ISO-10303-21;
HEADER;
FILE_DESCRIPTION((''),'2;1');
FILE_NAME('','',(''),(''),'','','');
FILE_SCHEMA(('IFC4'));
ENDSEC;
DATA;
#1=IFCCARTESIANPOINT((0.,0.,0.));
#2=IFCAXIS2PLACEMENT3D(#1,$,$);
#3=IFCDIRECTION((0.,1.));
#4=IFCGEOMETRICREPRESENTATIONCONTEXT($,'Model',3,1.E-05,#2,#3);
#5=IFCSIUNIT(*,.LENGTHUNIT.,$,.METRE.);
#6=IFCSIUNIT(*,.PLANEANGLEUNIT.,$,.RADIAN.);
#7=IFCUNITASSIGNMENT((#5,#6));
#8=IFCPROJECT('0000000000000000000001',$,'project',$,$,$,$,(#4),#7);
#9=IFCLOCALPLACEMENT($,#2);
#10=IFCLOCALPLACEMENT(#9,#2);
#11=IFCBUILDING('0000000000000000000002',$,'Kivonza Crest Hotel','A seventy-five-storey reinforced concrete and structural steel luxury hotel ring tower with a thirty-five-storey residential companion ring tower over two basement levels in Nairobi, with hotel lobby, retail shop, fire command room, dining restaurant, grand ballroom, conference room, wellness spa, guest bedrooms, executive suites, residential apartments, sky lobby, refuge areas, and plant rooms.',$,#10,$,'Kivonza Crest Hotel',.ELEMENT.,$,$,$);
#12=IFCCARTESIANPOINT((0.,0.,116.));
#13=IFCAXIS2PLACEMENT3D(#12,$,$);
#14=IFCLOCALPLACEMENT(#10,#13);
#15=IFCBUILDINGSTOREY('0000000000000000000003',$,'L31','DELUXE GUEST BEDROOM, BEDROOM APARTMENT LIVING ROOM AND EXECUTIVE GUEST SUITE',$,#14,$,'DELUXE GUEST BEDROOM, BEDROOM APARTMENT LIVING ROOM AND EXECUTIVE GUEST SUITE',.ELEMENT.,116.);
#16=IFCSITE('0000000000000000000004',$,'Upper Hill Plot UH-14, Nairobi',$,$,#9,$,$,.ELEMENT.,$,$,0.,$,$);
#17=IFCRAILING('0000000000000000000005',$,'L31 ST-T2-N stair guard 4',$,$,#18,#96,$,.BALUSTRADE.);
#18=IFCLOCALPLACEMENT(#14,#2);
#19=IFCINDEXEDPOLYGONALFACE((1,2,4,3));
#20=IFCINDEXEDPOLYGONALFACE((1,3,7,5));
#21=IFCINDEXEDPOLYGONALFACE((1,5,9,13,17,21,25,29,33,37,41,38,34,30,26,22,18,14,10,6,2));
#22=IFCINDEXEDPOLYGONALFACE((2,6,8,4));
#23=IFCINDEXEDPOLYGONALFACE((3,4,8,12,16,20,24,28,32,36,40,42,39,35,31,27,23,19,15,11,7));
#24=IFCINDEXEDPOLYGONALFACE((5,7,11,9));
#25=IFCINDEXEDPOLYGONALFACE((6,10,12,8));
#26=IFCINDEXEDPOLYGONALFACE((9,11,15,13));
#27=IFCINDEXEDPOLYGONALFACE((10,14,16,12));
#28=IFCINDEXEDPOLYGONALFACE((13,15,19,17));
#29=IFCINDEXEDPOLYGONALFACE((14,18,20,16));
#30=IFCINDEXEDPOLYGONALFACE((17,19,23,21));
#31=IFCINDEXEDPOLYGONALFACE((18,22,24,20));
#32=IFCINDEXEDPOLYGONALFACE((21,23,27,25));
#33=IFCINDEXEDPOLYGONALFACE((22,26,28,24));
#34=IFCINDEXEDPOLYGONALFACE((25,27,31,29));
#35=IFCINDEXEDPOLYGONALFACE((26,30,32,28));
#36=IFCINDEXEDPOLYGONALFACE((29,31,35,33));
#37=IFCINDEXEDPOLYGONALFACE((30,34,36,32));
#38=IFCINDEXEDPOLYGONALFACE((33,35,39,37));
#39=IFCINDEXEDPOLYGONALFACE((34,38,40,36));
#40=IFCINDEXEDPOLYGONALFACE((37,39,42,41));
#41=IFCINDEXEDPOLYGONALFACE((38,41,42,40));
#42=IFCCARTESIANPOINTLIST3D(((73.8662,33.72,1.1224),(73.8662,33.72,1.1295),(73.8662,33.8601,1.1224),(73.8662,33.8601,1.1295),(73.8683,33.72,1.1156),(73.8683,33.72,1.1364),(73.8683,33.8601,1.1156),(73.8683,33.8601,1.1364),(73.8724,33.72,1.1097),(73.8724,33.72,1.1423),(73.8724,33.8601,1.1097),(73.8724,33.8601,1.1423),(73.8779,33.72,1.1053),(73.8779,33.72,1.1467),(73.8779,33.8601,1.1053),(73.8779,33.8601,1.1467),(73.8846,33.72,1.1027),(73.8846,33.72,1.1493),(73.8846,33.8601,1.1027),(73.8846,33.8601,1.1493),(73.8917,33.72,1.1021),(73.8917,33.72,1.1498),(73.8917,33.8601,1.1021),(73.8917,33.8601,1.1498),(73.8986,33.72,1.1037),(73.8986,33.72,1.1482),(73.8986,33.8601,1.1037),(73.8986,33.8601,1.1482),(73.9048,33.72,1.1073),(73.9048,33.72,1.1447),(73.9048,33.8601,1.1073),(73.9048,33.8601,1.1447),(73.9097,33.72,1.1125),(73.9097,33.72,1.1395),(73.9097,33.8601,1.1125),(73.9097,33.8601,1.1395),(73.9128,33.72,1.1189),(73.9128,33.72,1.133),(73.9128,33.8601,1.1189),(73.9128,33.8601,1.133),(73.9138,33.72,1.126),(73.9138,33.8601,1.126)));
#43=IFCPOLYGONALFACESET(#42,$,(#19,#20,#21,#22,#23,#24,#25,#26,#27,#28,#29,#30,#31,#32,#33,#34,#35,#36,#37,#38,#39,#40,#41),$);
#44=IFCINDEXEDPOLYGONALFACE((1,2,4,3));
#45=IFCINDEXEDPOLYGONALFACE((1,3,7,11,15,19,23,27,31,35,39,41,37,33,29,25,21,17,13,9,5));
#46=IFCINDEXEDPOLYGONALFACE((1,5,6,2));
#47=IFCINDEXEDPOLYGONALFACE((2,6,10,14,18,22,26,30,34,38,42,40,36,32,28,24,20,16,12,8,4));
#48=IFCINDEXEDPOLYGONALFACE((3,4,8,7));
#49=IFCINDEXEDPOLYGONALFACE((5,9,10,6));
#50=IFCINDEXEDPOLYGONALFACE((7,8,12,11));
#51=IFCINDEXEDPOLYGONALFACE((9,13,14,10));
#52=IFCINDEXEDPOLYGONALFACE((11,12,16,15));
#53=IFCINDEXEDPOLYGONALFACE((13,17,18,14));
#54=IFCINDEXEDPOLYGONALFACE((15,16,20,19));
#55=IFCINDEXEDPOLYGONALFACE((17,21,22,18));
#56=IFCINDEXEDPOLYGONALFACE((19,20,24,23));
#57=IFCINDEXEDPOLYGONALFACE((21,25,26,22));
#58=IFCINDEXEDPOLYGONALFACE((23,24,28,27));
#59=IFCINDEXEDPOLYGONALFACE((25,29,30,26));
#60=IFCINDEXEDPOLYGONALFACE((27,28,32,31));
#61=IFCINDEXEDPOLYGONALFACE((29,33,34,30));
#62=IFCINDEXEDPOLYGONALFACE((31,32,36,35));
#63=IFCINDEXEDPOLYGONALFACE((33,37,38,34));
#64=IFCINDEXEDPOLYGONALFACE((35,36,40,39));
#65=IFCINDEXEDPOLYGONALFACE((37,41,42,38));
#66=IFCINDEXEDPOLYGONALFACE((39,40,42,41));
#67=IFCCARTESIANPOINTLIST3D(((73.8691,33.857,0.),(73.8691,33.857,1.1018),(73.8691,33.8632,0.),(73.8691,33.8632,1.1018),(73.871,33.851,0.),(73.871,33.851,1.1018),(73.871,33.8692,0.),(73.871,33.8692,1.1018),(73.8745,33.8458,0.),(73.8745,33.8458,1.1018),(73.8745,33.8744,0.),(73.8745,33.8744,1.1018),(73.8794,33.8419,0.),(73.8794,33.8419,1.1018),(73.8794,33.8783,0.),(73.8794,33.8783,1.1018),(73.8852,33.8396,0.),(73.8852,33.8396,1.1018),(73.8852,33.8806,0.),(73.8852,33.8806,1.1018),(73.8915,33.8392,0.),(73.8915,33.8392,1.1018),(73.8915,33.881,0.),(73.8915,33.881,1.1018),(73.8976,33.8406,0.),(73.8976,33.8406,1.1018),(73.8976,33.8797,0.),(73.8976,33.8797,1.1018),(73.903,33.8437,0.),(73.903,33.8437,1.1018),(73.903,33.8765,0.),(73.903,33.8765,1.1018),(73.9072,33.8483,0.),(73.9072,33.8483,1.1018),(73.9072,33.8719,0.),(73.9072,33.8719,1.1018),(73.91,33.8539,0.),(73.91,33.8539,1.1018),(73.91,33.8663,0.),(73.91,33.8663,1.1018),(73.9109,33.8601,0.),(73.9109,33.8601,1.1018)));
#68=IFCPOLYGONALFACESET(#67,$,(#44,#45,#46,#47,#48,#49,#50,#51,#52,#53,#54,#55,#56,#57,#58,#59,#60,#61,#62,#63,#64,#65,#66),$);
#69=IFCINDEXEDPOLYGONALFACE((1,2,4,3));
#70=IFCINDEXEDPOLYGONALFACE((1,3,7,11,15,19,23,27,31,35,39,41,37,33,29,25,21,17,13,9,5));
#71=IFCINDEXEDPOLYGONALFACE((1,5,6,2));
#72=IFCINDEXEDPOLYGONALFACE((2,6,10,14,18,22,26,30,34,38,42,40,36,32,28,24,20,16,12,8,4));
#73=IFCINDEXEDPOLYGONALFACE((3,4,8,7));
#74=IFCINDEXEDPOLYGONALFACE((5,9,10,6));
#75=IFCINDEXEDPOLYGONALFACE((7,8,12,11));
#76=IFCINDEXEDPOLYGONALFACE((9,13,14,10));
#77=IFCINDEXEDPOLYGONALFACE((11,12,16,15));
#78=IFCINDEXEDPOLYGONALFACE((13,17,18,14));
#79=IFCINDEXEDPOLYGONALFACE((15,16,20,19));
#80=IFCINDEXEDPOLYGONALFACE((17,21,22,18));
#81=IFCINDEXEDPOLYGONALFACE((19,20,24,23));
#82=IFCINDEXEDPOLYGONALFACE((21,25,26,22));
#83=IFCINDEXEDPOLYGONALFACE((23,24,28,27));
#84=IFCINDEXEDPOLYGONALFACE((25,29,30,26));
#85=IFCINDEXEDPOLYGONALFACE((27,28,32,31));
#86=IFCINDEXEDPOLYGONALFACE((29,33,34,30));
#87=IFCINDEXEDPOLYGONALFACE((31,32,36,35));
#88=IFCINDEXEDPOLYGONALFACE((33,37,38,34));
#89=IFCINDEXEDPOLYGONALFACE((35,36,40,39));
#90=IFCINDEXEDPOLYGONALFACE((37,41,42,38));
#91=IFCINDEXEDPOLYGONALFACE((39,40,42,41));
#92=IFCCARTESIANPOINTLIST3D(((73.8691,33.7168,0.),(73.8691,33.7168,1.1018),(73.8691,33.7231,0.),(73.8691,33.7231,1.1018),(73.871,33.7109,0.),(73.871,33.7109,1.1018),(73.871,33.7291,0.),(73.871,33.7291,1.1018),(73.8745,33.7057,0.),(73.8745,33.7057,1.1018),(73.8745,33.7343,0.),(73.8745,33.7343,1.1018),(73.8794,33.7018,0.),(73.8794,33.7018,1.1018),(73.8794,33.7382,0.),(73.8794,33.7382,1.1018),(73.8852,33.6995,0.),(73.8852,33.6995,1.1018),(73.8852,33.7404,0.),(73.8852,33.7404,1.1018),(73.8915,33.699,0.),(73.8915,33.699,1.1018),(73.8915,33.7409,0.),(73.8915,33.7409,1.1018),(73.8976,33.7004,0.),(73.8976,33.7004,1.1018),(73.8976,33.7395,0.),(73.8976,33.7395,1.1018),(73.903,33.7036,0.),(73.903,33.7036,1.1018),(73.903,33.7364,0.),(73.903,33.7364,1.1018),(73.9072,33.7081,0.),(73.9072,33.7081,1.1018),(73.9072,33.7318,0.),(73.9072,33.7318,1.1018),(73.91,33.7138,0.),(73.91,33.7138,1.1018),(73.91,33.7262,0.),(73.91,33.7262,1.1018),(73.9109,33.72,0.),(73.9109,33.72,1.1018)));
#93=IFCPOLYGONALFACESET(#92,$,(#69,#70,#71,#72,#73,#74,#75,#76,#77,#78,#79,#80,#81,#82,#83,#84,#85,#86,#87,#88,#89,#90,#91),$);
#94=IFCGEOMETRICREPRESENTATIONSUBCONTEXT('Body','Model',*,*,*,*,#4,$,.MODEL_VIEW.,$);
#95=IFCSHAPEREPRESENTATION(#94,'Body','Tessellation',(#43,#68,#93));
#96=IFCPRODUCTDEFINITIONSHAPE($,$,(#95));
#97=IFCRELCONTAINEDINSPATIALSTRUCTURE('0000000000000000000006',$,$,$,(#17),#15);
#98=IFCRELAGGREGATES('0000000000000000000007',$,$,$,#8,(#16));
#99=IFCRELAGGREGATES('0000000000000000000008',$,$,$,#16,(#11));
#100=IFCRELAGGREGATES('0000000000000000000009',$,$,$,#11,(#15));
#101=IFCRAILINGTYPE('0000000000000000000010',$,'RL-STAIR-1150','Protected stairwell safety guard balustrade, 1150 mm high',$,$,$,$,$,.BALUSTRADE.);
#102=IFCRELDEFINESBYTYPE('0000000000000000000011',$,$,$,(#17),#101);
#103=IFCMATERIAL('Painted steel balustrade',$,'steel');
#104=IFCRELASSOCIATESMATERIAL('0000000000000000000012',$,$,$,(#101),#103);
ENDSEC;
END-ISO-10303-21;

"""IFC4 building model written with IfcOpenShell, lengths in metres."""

from ifc_helpers import new_model, si_unit, direction, frame, origin, origin_2d, place, context, subcontext, project, spatial, circle, extrude, material, type_object, element, save


model = new_model("IFC4")

# Units and contexts
model_context = context("Model", 3, precision=1e-05, world=origin(), true_north=direction((0.0, 1.0)))
body_context = subcontext(model_context, "Body", "Model", "MODEL_VIEW")
ifc_project = project(units=[si_unit("LENGTHUNIT", "METRE"), si_unit("PLANEANGLEUNIT", "RADIAN")], contexts=[model_context])

# Site, building, storey
site_placement = place(None, origin())
site = spatial("IfcSite", under=ifc_project, at=site_placement, Name="Upper Hill Plot UH-14, Nairobi", CompositionType="ELEMENT", RefElevation=0.0)
building_placement = place(site_placement, origin())
building = spatial("IfcBuilding", under=site, at=building_placement, Name="Kivonza Crest Hotel", Description="A seventy-five-storey reinforced concrete and structural steel luxury hotel ring tower with a thirty-five-storey residential companion ring tower over two basement levels in Nairobi, with hotel lobby, retail shop, fire command room, dining restaurant, grand ballroom, conference room, wellness spa, guest bedrooms, executive suites, residential apartments, sky lobby, refuge areas, and plant rooms.", LongName="Kivonza Crest Hotel", CompositionType="ELEMENT")
storey_placement = place(building_placement, frame((0.0, 0.0, 116.0)))
storey = spatial("IfcBuildingStorey", under=building, at=storey_placement, Name="L31", Description="DELUXE GUEST BEDROOM, BEDROOM APARTMENT LIVING ROOM AND EXECUTIVE GUEST SUITE", LongName="DELUXE GUEST BEDROOM, BEDROOM APARTMENT LIVING ROOM AND EXECUTIVE GUEST SUITE", CompositionType="ELEMENT", Elevation=116.0)

# Railing
ifc_material_1 = material(Name="Painted steel balustrade", Category="steel")
railing_type_1 = type_object("IfcRailingType", Name="RL-STAIR-1150", Description="Protected stairwell safety guard balustrade, 1150 mm high", PredefinedType="BALUSTRADE", material=ifc_material_1)
railing_1_placement = place(storey_placement, frame((73.8899, 33.8601, 0.0)))
element("IfcRailing", 1, at=railing_1_placement, inside=storey, type_object=railing_type_1, Name="L31 ST-T2-N stair guard 4", PredefinedType="BALUSTRADE", context=body_context, shape_type="SweptSolid", body=[
    extrude(circle(Radius=0.0239, at=origin_2d()), frame((0.0, 0.0, 1.126), z_axis=(0.0, -1.0, 0.0), x_axis=(1.0, 0.0, 0.0)), (0.0, 0.0, 1.0), 0.1401),
    extrude(circle(Radius=0.021, at=origin_2d()), origin(), (0.0, 0.0, 1.0), 1.1018),
    extrude(circle(Radius=0.021, at=origin_2d()), frame((0.0, -0.1401, 0.0)), (0.0, 0.0, 1.0), 1.1018),
])

save(model, "model.ifc")
